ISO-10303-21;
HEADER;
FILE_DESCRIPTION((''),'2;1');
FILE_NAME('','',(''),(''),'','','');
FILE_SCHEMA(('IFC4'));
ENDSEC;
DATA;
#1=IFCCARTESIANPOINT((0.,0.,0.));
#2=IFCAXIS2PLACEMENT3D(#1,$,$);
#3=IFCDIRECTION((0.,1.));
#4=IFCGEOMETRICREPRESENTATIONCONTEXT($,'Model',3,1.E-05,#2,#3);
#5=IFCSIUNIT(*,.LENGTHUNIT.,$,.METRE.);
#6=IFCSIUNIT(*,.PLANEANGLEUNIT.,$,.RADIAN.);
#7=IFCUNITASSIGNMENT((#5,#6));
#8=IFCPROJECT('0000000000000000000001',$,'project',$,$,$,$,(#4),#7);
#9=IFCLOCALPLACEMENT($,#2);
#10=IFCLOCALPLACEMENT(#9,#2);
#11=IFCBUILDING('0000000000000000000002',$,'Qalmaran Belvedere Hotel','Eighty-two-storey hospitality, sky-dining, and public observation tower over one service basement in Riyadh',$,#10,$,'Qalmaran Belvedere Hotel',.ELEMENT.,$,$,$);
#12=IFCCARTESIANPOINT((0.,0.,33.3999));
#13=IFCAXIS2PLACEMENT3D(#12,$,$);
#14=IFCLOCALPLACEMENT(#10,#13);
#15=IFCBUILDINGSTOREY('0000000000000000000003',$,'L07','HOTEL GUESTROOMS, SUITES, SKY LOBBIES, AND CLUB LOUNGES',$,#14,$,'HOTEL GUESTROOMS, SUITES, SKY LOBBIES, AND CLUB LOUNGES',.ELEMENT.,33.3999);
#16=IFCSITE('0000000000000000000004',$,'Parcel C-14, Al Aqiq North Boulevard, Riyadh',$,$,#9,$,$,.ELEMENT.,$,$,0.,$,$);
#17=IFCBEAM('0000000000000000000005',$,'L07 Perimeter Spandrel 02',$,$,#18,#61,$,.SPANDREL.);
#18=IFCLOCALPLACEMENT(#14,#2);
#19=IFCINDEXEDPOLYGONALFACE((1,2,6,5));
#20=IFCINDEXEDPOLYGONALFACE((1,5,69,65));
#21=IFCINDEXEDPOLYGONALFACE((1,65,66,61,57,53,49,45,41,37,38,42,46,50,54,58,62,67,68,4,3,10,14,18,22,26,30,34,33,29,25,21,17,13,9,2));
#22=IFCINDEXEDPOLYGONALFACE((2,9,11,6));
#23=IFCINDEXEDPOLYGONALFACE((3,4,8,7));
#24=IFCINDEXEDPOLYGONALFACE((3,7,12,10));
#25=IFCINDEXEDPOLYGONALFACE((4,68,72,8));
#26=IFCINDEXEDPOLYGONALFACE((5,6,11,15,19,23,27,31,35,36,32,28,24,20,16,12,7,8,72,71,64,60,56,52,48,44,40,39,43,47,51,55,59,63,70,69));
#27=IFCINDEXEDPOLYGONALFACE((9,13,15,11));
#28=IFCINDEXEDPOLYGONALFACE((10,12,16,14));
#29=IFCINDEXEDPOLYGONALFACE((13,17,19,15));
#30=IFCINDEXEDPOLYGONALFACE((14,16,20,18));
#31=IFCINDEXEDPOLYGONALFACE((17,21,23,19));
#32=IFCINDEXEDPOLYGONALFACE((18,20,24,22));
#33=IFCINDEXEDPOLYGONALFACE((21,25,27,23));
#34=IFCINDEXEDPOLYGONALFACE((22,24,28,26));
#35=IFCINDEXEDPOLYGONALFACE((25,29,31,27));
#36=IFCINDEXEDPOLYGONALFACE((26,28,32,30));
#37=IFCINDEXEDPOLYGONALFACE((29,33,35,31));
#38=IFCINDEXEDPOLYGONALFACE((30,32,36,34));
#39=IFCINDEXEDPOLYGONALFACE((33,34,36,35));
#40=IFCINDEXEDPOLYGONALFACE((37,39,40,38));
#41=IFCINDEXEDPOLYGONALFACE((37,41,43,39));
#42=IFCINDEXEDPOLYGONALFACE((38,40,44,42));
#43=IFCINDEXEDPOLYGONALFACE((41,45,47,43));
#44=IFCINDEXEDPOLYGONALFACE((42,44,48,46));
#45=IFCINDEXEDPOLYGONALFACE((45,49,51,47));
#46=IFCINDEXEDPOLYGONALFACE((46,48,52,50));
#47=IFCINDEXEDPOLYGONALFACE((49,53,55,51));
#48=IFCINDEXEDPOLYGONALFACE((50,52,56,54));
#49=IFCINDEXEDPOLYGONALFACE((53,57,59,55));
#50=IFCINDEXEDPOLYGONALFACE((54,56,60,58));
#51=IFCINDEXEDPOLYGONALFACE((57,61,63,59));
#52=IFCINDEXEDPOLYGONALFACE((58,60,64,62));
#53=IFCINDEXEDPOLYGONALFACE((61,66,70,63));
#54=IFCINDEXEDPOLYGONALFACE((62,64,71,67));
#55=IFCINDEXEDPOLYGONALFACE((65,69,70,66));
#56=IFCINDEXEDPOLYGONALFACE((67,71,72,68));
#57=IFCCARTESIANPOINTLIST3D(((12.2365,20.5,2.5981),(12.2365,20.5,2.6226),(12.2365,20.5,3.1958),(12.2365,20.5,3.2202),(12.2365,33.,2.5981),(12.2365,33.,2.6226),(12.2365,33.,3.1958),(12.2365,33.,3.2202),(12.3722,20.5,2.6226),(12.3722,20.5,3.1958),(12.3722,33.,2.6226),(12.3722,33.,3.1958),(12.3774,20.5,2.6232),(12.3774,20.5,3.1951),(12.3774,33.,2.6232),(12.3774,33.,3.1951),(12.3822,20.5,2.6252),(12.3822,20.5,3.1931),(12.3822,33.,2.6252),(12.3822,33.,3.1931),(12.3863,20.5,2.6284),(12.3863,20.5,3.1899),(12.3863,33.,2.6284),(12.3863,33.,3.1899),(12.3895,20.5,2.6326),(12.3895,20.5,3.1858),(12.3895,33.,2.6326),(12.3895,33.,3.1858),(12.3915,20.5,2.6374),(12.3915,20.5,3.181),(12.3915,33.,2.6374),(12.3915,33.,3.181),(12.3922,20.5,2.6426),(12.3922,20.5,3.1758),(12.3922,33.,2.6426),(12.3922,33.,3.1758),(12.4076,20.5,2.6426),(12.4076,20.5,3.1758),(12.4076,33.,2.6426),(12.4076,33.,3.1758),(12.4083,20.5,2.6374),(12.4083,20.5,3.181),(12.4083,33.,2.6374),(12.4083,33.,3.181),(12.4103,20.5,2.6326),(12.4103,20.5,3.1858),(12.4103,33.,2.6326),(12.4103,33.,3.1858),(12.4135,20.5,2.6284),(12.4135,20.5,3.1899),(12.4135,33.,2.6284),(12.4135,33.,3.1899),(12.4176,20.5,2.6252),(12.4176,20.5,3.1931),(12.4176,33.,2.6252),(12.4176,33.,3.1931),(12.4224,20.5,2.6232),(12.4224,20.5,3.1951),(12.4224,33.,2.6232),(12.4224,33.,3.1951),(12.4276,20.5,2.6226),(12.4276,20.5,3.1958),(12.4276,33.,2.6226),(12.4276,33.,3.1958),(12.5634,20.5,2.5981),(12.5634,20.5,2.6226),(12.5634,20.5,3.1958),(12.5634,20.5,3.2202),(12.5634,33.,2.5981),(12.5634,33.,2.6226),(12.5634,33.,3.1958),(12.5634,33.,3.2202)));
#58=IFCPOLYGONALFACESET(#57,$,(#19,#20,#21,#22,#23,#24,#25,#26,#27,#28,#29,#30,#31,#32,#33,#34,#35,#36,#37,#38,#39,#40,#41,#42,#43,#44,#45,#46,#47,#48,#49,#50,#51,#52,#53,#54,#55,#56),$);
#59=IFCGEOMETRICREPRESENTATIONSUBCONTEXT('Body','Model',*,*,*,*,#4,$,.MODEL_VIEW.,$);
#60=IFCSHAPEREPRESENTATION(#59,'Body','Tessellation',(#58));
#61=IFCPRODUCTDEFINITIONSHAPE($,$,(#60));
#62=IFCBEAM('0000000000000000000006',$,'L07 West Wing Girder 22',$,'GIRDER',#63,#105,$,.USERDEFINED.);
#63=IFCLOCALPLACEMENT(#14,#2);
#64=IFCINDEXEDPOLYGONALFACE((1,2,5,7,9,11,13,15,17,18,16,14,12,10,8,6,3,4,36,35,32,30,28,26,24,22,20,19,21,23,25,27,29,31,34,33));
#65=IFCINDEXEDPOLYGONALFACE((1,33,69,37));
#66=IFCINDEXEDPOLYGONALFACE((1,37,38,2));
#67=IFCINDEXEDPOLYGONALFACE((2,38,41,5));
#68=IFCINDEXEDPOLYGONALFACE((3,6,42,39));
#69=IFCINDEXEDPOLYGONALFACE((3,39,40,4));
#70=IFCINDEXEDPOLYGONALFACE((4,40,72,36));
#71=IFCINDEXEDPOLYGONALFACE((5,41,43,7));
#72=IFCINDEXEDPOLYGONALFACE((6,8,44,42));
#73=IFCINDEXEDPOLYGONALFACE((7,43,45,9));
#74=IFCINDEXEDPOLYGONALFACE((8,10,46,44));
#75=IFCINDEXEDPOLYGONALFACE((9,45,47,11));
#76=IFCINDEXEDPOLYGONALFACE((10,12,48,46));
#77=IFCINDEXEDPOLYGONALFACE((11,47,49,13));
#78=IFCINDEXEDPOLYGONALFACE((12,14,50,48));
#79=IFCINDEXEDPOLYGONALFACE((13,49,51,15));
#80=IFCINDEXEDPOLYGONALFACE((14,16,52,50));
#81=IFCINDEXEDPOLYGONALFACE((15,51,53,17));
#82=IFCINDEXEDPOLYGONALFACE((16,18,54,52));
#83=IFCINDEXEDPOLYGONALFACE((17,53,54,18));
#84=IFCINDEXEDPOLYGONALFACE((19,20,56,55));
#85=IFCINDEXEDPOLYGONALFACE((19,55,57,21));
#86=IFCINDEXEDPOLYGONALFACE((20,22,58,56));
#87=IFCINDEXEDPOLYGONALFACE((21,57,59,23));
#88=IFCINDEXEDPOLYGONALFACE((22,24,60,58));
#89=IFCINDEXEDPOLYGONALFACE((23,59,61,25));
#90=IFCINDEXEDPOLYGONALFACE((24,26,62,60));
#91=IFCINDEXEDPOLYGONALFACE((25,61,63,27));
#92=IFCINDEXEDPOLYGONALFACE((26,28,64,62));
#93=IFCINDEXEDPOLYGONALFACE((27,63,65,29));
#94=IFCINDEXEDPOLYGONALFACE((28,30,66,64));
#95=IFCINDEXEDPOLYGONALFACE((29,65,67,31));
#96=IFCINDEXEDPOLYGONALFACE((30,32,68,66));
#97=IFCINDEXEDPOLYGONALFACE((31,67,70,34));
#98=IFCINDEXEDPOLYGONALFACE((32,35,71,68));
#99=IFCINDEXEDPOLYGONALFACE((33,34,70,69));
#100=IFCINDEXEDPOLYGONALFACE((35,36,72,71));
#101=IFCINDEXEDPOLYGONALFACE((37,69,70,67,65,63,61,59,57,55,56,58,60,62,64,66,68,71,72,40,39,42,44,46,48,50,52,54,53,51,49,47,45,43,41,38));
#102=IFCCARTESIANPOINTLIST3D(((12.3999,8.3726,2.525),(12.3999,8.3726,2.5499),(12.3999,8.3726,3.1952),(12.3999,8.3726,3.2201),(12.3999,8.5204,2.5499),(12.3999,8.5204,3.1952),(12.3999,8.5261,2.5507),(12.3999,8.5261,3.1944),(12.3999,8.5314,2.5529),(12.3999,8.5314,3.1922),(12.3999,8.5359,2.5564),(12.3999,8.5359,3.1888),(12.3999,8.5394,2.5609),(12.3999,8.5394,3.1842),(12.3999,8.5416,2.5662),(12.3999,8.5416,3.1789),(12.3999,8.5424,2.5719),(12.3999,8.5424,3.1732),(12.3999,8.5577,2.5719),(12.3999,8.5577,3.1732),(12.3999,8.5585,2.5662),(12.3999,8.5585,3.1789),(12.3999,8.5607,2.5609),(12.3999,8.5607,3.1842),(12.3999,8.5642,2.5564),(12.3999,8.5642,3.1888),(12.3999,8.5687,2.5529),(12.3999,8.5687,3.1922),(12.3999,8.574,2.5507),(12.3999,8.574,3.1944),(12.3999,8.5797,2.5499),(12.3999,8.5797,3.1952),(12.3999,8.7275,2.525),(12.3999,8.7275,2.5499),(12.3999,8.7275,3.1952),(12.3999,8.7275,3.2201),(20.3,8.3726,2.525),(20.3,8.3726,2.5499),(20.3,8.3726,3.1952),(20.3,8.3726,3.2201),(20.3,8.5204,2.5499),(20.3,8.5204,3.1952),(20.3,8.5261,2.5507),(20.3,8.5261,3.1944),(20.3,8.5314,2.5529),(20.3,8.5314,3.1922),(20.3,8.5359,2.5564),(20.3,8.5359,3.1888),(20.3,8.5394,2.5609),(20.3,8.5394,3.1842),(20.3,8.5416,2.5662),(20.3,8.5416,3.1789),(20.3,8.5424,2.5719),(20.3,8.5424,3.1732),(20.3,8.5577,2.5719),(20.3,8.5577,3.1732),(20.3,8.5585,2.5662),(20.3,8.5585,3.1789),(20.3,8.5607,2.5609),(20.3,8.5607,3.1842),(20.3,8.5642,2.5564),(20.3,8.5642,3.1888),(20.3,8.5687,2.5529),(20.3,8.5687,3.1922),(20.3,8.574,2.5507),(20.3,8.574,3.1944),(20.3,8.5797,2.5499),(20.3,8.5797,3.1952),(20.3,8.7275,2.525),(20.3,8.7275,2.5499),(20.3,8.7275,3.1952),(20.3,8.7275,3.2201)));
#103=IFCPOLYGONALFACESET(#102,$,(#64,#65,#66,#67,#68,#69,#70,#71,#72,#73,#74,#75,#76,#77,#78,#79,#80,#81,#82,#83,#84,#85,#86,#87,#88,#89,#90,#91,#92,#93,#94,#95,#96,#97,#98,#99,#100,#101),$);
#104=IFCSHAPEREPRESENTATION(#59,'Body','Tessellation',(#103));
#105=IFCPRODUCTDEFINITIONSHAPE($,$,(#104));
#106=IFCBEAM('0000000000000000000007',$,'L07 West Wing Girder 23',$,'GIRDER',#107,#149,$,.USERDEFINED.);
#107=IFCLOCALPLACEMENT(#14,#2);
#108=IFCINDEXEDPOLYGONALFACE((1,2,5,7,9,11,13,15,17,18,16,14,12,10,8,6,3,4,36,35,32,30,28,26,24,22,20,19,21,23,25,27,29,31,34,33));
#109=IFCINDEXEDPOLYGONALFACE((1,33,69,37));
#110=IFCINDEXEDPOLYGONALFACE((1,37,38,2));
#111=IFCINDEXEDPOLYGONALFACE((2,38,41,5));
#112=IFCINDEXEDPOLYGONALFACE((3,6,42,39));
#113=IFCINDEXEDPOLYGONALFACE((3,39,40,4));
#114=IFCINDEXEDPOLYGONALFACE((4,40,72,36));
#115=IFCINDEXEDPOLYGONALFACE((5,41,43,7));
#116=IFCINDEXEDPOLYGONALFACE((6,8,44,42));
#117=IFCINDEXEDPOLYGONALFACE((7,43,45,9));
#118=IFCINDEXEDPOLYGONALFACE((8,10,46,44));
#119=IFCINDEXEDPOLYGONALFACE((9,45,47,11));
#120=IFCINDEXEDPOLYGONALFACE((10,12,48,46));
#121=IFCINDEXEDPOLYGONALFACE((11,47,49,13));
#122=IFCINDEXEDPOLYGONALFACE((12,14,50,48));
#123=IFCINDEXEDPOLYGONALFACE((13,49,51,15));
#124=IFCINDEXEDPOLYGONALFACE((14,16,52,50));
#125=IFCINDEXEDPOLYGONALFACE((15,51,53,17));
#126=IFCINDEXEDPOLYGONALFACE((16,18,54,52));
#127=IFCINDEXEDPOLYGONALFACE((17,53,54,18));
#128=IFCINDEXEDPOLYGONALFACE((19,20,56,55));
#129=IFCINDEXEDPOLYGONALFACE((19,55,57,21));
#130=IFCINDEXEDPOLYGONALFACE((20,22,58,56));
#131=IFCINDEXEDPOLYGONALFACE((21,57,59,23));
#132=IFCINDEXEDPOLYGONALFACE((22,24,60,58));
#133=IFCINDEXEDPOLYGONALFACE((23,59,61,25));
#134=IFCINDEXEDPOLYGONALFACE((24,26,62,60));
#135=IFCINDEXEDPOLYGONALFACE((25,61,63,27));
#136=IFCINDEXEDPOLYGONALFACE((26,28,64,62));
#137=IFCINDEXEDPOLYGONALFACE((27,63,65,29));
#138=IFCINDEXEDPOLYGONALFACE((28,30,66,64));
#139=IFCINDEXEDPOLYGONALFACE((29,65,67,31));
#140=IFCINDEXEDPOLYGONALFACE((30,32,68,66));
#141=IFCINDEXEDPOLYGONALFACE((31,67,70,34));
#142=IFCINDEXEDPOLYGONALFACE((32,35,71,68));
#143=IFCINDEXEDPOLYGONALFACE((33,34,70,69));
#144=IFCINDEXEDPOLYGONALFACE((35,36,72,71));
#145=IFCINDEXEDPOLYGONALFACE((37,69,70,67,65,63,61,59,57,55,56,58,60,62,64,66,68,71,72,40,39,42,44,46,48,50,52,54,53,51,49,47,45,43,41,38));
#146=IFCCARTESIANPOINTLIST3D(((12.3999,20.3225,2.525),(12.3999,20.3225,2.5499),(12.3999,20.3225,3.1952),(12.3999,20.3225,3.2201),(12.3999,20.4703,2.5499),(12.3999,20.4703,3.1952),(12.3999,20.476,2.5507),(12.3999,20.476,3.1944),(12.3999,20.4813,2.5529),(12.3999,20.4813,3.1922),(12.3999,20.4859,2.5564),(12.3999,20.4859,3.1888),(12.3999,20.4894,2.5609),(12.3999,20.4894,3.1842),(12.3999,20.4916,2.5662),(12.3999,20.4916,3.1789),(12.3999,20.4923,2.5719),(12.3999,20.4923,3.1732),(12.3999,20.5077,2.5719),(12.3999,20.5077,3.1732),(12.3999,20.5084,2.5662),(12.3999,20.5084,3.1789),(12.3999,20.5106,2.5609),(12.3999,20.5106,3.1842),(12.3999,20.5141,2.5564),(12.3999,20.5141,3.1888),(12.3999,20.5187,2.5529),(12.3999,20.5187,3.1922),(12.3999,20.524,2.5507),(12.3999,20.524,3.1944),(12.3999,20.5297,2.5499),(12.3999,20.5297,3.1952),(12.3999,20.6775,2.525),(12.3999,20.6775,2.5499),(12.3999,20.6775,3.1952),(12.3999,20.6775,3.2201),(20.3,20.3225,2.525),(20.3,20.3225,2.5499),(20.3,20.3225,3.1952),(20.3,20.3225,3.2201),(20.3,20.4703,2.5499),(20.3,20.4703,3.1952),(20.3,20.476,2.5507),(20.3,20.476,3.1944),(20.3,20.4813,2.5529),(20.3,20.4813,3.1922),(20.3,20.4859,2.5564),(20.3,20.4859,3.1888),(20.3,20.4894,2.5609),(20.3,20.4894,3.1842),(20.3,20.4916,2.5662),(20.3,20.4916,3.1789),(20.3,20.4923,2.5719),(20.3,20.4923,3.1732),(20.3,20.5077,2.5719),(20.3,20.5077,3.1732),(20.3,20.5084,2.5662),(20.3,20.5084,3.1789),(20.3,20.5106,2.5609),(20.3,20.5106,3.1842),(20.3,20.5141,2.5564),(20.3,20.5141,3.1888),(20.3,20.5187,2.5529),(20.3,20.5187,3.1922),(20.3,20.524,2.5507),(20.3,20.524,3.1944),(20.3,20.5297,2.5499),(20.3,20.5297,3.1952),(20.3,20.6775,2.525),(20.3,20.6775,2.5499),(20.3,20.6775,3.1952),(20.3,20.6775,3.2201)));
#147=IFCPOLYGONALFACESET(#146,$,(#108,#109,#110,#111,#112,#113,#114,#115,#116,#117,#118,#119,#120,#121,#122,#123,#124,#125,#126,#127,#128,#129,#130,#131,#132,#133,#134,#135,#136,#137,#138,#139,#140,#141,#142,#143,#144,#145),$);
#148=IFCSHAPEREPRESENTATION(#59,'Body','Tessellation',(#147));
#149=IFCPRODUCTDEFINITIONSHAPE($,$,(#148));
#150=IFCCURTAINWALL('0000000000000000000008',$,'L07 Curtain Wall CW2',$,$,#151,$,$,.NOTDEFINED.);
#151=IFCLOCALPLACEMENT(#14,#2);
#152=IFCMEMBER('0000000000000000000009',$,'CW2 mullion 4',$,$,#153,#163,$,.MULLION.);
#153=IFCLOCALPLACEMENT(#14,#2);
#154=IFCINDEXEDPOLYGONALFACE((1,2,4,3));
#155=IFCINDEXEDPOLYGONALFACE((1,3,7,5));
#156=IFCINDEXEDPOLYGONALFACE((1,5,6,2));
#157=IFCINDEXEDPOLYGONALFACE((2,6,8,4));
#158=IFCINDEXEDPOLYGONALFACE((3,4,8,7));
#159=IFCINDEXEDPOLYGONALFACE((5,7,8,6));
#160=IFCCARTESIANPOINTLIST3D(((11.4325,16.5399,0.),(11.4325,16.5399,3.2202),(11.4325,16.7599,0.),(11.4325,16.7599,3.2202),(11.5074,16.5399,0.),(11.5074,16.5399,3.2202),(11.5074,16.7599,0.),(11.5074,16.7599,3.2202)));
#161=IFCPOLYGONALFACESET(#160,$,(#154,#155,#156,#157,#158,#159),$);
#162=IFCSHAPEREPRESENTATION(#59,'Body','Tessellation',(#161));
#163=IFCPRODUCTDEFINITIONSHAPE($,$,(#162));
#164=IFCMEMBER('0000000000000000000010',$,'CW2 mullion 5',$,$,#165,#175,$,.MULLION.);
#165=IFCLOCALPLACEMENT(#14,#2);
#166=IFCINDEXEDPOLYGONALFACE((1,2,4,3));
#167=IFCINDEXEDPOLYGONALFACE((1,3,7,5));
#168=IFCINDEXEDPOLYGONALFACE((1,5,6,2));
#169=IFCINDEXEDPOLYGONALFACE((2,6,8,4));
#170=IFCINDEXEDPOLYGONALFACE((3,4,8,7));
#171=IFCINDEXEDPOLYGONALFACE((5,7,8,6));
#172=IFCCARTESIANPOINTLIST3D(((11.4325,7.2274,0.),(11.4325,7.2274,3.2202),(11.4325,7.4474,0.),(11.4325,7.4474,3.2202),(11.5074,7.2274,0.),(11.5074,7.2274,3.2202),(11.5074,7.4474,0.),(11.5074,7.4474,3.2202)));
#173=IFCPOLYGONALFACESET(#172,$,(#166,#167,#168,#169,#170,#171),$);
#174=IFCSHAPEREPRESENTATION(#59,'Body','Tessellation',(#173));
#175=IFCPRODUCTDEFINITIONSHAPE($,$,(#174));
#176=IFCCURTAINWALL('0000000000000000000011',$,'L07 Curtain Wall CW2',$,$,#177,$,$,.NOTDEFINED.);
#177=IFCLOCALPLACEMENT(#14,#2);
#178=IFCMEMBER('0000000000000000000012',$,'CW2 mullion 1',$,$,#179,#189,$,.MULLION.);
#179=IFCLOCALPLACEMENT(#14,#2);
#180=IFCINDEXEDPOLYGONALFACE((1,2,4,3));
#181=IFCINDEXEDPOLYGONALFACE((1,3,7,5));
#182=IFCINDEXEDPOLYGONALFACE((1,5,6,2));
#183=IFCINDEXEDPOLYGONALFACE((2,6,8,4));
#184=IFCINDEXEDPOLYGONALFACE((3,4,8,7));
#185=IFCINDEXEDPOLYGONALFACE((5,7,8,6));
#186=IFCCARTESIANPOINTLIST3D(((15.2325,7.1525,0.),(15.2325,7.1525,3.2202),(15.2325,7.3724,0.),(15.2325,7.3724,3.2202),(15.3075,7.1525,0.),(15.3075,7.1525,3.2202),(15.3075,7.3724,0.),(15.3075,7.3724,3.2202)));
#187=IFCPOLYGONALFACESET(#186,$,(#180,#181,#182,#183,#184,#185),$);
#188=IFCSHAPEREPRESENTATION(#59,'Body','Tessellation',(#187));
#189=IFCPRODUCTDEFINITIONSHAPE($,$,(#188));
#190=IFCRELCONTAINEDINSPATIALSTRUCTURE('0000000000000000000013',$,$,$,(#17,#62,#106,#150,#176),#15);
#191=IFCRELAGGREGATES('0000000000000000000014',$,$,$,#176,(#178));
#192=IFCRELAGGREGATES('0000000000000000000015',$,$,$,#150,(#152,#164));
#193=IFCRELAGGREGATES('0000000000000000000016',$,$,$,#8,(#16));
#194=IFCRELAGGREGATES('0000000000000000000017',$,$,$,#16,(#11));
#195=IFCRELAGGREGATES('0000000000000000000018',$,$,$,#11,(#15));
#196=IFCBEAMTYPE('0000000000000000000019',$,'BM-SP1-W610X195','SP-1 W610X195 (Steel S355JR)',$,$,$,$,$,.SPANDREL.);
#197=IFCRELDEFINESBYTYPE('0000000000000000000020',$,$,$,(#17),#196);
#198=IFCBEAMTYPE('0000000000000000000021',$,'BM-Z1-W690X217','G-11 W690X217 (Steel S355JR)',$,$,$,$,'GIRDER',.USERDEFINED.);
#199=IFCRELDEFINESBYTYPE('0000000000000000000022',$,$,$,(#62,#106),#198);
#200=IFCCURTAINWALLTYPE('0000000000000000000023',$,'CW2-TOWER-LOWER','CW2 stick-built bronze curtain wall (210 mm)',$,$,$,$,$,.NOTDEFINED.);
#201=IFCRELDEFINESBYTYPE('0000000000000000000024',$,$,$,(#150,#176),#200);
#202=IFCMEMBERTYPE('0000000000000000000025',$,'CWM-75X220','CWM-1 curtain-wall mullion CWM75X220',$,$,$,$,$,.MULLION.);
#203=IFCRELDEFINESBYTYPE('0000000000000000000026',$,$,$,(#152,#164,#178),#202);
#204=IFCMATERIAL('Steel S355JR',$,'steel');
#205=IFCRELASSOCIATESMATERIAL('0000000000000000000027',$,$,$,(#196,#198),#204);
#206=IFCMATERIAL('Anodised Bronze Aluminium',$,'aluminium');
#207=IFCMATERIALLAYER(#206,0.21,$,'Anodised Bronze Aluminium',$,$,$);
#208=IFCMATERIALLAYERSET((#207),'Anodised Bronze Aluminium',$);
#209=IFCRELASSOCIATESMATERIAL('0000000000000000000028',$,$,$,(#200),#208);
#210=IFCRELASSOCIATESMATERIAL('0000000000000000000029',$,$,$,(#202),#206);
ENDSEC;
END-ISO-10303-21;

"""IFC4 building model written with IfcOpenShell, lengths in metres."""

from ifc_helpers import new_model, si_unit, direction, frame, origin, origin_2d, place, context, subcontext, project, spatial, rectangle, i_section, extrude, material, layer, layer_set, material_profile, profile_set, type_object, element, aggregate, save


model = new_model("IFC4")

# Units and contexts
model_context = context("Model", 3, precision=1e-05, world=origin(), true_north=direction((0.0, 1.0)))
body_context = subcontext(model_context, "Body", "Model", "MODEL_VIEW")
ifc_project = project(units=[si_unit("LENGTHUNIT", "METRE"), si_unit("PLANEANGLEUNIT", "RADIAN")], contexts=[model_context])

# Site, building, storey
site_placement = place(None, origin())
site = spatial("IfcSite", under=ifc_project, at=site_placement, Name="Parcel C-14, Al Aqiq North Boulevard, Riyadh", CompositionType="ELEMENT", RefElevation=0.0)
building_placement = place(site_placement, origin())
building = spatial("IfcBuilding", under=site, at=building_placement, Name="Qalmaran Belvedere Hotel", Description="Eighty-two-storey hospitality, sky-dining, and public observation tower over one service basement in Riyadh", LongName="Qalmaran Belvedere Hotel", CompositionType="ELEMENT")
storey_placement = place(building_placement, frame((0.0, 0.0, 33.3999)))
storey = spatial("IfcBuildingStorey", under=building, at=storey_placement, Name="L07", Description="HOTEL GUESTROOMS, SUITES, SKY LOBBIES, AND CLUB LOUNGES", LongName="HOTEL GUESTROOMS, SUITES, SKY LOBBIES, AND CLUB LOUNGES", CompositionType="ELEMENT", Elevation=33.3999)

# Beams
ifc_material_1 = material(Name="Steel S355JR", Category="steel")
ifc_material_profile_1 = material_profile(ifc_material_1, i_section(OverallWidth=0.3269, OverallDepth=0.6221, WebThickness=0.0154, FlangeThickness=0.0244, FilletRadius=0.02, at=origin_2d()), Name="W610X195")
ifc_profile_set_1 = profile_set([ifc_material_profile_1], Name="Steel S355JR")
beam_type_1 = type_object("IfcBeamType", Name="BM-SP1-W610X195", Description="SP-1 W610X195 (Steel S355JR)", PredefinedType="SPANDREL", material=ifc_profile_set_1)
beam_1_placement = place(storey_placement, frame((12.3999, 20.5, 2.9092), z_axis=(0.0, 1.0, 0.0), x_axis=(-1.0, 0.0, 0.0)))
element("IfcBeam", 1, at=beam_1_placement, inside=storey, type_object=beam_type_1, Name="L07 Perimeter Spandrel 02", PredefinedType="SPANDREL", context=body_context, shape_type="SweptSolid", body=[
    extrude(i_section(OverallWidth=0.3269, OverallDepth=0.6221, WebThickness=0.0154, FlangeThickness=0.0244, FilletRadius=0.02, at=origin_2d()), origin(), (0.0, 0.0, 1.0), 12.5),
])
ifc_material_profile_2 = material_profile(ifc_material_1, i_section(OverallWidth=0.355, OverallDepth=0.6951, WebThickness=0.0154, FlangeThickness=0.0249, FilletRadius=0.022, at=origin_2d()), Name="W690X217")
ifc_profile_set_2 = profile_set([ifc_material_profile_2], Name="Steel S355JR")
beam_type_2 = type_object("IfcBeamType", Name="BM-Z1-W690X217", Description="G-11 W690X217 (Steel S355JR)", ElementType="GIRDER", PredefinedType="USERDEFINED", material=ifc_profile_set_2)
for number, where, z_axis, x_axis, name in (
    (2, (12.3999, 8.55, 2.8726), (1.0, 0.0, 0.0), (0.0, 1.0, 0.0), "L07 West Wing Girder 22"),
    (3, (12.3999, 20.5, 2.8726), (1.0, 0.0, 0.0), (0.0, 1.0, 0.0), "L07 West Wing Girder 23"),
):
    element("IfcBeam", number, at=place(storey_placement, frame(where, z_axis=z_axis, x_axis=x_axis)), inside=storey, type_object=beam_type_2, Name=name, ObjectType="GIRDER", PredefinedType="USERDEFINED", context=body_context, shape_type="SweptSolid", body=[
        extrude(i_section(OverallWidth=0.355, OverallDepth=0.6951, WebThickness=0.0154, FlangeThickness=0.0249, FilletRadius=0.022, at=origin_2d()), origin(), (0.0, 0.0, 1.0), 7.9001),
    ])

# Curtain wall, members
ifc_material_2 = material(Name="Anodised Bronze Aluminium", Category="aluminium")
ifc_layer_1 = layer(ifc_material_2, 0.21, Name="Anodised Bronze Aluminium")
ifc_layer_set_1 = layer_set([ifc_layer_1], Name="Anodised Bronze Aluminium")
curtain_wall_type = type_object("IfcCurtainWallType", Name="CW2-TOWER-LOWER", Description="CW2 stick-built bronze curtain wall (210 mm)", PredefinedType="NOTDEFINED", material=ifc_layer_set_1)
curtain_wall_1_placement = place(storey_placement, origin())
curtain_wall_1 = element("IfcCurtainWall", 4, at=curtain_wall_1_placement, inside=storey, type_object=curtain_wall_type, Name="L07 Curtain Wall CW2", PredefinedType="NOTDEFINED")
ifc_material_profile_3 = material_profile(ifc_material_2, rectangle(XDim=0.075, YDim=0.22, at=origin_2d()), Name="CWM75X220")
ifc_profile_set_3 = profile_set([ifc_material_profile_3], Name="Anodised Bronze Aluminium")
member_type_1 = type_object("IfcMemberType", Name="CWM-75X220", Description="CWM-1 curtain-wall mullion CWM75X220", PredefinedType="MULLION", material=ifc_profile_set_3)
member_1_placement = place(storey_placement, frame((11.47, 16.6499, 0.0), z_axis=(0.0, 0.0, 1.0), x_axis=(1.0, 0.0, 0.0)))
member_1 = element("IfcMember", 5, at=member_1_placement, type_object=member_type_1, Name="CW2 mullion 4", PredefinedType="MULLION", context=body_context, shape_type="SweptSolid", body=[
    extrude(rectangle(XDim=0.075, YDim=0.22, at=origin_2d()), origin(), (0.0, 0.0, 1.0), 3.2202),
])
member_2_placement = place(storey_placement, frame((11.47, 7.3374, 0.0), z_axis=(0.0, 0.0, 1.0), x_axis=(1.0, 0.0, 0.0)))
member_2 = element("IfcMember", 6, at=member_2_placement, type_object=member_type_1, Name="CW2 mullion 5", PredefinedType="MULLION", context=body_context, shape_type="SweptSolid", body=[
    extrude(rectangle(XDim=0.075, YDim=0.22, at=origin_2d()), origin(), (0.0, 0.0, 1.0), 3.2202),
])

# Curtain wall, member
curtain_wall_2_placement = place(storey_placement, origin())
curtain_wall_2 = element("IfcCurtainWall", 7, at=curtain_wall_2_placement, inside=storey, type_object=curtain_wall_type, Name="L07 Curtain Wall CW2", PredefinedType="NOTDEFINED")
member_3_placement = place(storey_placement, frame((15.27, 7.2625, 0.0), z_axis=(0.0, 0.0, 1.0), x_axis=(1.0, 0.0, 0.0)))
member_3 = element("IfcMember", 8, at=member_3_placement, type_object=member_type_1, Name="CW2 mullion 1", PredefinedType="MULLION", context=body_context, shape_type="SweptSolid", body=[
    extrude(rectangle(XDim=0.075, YDim=0.22, at=origin_2d()), origin(), (0.0, 0.0, 1.0), 3.2202),
])

aggregate(curtain_wall_2, [member_3])

aggregate(curtain_wall_1, [member_1, member_2])

save(model, "model.ifc")
